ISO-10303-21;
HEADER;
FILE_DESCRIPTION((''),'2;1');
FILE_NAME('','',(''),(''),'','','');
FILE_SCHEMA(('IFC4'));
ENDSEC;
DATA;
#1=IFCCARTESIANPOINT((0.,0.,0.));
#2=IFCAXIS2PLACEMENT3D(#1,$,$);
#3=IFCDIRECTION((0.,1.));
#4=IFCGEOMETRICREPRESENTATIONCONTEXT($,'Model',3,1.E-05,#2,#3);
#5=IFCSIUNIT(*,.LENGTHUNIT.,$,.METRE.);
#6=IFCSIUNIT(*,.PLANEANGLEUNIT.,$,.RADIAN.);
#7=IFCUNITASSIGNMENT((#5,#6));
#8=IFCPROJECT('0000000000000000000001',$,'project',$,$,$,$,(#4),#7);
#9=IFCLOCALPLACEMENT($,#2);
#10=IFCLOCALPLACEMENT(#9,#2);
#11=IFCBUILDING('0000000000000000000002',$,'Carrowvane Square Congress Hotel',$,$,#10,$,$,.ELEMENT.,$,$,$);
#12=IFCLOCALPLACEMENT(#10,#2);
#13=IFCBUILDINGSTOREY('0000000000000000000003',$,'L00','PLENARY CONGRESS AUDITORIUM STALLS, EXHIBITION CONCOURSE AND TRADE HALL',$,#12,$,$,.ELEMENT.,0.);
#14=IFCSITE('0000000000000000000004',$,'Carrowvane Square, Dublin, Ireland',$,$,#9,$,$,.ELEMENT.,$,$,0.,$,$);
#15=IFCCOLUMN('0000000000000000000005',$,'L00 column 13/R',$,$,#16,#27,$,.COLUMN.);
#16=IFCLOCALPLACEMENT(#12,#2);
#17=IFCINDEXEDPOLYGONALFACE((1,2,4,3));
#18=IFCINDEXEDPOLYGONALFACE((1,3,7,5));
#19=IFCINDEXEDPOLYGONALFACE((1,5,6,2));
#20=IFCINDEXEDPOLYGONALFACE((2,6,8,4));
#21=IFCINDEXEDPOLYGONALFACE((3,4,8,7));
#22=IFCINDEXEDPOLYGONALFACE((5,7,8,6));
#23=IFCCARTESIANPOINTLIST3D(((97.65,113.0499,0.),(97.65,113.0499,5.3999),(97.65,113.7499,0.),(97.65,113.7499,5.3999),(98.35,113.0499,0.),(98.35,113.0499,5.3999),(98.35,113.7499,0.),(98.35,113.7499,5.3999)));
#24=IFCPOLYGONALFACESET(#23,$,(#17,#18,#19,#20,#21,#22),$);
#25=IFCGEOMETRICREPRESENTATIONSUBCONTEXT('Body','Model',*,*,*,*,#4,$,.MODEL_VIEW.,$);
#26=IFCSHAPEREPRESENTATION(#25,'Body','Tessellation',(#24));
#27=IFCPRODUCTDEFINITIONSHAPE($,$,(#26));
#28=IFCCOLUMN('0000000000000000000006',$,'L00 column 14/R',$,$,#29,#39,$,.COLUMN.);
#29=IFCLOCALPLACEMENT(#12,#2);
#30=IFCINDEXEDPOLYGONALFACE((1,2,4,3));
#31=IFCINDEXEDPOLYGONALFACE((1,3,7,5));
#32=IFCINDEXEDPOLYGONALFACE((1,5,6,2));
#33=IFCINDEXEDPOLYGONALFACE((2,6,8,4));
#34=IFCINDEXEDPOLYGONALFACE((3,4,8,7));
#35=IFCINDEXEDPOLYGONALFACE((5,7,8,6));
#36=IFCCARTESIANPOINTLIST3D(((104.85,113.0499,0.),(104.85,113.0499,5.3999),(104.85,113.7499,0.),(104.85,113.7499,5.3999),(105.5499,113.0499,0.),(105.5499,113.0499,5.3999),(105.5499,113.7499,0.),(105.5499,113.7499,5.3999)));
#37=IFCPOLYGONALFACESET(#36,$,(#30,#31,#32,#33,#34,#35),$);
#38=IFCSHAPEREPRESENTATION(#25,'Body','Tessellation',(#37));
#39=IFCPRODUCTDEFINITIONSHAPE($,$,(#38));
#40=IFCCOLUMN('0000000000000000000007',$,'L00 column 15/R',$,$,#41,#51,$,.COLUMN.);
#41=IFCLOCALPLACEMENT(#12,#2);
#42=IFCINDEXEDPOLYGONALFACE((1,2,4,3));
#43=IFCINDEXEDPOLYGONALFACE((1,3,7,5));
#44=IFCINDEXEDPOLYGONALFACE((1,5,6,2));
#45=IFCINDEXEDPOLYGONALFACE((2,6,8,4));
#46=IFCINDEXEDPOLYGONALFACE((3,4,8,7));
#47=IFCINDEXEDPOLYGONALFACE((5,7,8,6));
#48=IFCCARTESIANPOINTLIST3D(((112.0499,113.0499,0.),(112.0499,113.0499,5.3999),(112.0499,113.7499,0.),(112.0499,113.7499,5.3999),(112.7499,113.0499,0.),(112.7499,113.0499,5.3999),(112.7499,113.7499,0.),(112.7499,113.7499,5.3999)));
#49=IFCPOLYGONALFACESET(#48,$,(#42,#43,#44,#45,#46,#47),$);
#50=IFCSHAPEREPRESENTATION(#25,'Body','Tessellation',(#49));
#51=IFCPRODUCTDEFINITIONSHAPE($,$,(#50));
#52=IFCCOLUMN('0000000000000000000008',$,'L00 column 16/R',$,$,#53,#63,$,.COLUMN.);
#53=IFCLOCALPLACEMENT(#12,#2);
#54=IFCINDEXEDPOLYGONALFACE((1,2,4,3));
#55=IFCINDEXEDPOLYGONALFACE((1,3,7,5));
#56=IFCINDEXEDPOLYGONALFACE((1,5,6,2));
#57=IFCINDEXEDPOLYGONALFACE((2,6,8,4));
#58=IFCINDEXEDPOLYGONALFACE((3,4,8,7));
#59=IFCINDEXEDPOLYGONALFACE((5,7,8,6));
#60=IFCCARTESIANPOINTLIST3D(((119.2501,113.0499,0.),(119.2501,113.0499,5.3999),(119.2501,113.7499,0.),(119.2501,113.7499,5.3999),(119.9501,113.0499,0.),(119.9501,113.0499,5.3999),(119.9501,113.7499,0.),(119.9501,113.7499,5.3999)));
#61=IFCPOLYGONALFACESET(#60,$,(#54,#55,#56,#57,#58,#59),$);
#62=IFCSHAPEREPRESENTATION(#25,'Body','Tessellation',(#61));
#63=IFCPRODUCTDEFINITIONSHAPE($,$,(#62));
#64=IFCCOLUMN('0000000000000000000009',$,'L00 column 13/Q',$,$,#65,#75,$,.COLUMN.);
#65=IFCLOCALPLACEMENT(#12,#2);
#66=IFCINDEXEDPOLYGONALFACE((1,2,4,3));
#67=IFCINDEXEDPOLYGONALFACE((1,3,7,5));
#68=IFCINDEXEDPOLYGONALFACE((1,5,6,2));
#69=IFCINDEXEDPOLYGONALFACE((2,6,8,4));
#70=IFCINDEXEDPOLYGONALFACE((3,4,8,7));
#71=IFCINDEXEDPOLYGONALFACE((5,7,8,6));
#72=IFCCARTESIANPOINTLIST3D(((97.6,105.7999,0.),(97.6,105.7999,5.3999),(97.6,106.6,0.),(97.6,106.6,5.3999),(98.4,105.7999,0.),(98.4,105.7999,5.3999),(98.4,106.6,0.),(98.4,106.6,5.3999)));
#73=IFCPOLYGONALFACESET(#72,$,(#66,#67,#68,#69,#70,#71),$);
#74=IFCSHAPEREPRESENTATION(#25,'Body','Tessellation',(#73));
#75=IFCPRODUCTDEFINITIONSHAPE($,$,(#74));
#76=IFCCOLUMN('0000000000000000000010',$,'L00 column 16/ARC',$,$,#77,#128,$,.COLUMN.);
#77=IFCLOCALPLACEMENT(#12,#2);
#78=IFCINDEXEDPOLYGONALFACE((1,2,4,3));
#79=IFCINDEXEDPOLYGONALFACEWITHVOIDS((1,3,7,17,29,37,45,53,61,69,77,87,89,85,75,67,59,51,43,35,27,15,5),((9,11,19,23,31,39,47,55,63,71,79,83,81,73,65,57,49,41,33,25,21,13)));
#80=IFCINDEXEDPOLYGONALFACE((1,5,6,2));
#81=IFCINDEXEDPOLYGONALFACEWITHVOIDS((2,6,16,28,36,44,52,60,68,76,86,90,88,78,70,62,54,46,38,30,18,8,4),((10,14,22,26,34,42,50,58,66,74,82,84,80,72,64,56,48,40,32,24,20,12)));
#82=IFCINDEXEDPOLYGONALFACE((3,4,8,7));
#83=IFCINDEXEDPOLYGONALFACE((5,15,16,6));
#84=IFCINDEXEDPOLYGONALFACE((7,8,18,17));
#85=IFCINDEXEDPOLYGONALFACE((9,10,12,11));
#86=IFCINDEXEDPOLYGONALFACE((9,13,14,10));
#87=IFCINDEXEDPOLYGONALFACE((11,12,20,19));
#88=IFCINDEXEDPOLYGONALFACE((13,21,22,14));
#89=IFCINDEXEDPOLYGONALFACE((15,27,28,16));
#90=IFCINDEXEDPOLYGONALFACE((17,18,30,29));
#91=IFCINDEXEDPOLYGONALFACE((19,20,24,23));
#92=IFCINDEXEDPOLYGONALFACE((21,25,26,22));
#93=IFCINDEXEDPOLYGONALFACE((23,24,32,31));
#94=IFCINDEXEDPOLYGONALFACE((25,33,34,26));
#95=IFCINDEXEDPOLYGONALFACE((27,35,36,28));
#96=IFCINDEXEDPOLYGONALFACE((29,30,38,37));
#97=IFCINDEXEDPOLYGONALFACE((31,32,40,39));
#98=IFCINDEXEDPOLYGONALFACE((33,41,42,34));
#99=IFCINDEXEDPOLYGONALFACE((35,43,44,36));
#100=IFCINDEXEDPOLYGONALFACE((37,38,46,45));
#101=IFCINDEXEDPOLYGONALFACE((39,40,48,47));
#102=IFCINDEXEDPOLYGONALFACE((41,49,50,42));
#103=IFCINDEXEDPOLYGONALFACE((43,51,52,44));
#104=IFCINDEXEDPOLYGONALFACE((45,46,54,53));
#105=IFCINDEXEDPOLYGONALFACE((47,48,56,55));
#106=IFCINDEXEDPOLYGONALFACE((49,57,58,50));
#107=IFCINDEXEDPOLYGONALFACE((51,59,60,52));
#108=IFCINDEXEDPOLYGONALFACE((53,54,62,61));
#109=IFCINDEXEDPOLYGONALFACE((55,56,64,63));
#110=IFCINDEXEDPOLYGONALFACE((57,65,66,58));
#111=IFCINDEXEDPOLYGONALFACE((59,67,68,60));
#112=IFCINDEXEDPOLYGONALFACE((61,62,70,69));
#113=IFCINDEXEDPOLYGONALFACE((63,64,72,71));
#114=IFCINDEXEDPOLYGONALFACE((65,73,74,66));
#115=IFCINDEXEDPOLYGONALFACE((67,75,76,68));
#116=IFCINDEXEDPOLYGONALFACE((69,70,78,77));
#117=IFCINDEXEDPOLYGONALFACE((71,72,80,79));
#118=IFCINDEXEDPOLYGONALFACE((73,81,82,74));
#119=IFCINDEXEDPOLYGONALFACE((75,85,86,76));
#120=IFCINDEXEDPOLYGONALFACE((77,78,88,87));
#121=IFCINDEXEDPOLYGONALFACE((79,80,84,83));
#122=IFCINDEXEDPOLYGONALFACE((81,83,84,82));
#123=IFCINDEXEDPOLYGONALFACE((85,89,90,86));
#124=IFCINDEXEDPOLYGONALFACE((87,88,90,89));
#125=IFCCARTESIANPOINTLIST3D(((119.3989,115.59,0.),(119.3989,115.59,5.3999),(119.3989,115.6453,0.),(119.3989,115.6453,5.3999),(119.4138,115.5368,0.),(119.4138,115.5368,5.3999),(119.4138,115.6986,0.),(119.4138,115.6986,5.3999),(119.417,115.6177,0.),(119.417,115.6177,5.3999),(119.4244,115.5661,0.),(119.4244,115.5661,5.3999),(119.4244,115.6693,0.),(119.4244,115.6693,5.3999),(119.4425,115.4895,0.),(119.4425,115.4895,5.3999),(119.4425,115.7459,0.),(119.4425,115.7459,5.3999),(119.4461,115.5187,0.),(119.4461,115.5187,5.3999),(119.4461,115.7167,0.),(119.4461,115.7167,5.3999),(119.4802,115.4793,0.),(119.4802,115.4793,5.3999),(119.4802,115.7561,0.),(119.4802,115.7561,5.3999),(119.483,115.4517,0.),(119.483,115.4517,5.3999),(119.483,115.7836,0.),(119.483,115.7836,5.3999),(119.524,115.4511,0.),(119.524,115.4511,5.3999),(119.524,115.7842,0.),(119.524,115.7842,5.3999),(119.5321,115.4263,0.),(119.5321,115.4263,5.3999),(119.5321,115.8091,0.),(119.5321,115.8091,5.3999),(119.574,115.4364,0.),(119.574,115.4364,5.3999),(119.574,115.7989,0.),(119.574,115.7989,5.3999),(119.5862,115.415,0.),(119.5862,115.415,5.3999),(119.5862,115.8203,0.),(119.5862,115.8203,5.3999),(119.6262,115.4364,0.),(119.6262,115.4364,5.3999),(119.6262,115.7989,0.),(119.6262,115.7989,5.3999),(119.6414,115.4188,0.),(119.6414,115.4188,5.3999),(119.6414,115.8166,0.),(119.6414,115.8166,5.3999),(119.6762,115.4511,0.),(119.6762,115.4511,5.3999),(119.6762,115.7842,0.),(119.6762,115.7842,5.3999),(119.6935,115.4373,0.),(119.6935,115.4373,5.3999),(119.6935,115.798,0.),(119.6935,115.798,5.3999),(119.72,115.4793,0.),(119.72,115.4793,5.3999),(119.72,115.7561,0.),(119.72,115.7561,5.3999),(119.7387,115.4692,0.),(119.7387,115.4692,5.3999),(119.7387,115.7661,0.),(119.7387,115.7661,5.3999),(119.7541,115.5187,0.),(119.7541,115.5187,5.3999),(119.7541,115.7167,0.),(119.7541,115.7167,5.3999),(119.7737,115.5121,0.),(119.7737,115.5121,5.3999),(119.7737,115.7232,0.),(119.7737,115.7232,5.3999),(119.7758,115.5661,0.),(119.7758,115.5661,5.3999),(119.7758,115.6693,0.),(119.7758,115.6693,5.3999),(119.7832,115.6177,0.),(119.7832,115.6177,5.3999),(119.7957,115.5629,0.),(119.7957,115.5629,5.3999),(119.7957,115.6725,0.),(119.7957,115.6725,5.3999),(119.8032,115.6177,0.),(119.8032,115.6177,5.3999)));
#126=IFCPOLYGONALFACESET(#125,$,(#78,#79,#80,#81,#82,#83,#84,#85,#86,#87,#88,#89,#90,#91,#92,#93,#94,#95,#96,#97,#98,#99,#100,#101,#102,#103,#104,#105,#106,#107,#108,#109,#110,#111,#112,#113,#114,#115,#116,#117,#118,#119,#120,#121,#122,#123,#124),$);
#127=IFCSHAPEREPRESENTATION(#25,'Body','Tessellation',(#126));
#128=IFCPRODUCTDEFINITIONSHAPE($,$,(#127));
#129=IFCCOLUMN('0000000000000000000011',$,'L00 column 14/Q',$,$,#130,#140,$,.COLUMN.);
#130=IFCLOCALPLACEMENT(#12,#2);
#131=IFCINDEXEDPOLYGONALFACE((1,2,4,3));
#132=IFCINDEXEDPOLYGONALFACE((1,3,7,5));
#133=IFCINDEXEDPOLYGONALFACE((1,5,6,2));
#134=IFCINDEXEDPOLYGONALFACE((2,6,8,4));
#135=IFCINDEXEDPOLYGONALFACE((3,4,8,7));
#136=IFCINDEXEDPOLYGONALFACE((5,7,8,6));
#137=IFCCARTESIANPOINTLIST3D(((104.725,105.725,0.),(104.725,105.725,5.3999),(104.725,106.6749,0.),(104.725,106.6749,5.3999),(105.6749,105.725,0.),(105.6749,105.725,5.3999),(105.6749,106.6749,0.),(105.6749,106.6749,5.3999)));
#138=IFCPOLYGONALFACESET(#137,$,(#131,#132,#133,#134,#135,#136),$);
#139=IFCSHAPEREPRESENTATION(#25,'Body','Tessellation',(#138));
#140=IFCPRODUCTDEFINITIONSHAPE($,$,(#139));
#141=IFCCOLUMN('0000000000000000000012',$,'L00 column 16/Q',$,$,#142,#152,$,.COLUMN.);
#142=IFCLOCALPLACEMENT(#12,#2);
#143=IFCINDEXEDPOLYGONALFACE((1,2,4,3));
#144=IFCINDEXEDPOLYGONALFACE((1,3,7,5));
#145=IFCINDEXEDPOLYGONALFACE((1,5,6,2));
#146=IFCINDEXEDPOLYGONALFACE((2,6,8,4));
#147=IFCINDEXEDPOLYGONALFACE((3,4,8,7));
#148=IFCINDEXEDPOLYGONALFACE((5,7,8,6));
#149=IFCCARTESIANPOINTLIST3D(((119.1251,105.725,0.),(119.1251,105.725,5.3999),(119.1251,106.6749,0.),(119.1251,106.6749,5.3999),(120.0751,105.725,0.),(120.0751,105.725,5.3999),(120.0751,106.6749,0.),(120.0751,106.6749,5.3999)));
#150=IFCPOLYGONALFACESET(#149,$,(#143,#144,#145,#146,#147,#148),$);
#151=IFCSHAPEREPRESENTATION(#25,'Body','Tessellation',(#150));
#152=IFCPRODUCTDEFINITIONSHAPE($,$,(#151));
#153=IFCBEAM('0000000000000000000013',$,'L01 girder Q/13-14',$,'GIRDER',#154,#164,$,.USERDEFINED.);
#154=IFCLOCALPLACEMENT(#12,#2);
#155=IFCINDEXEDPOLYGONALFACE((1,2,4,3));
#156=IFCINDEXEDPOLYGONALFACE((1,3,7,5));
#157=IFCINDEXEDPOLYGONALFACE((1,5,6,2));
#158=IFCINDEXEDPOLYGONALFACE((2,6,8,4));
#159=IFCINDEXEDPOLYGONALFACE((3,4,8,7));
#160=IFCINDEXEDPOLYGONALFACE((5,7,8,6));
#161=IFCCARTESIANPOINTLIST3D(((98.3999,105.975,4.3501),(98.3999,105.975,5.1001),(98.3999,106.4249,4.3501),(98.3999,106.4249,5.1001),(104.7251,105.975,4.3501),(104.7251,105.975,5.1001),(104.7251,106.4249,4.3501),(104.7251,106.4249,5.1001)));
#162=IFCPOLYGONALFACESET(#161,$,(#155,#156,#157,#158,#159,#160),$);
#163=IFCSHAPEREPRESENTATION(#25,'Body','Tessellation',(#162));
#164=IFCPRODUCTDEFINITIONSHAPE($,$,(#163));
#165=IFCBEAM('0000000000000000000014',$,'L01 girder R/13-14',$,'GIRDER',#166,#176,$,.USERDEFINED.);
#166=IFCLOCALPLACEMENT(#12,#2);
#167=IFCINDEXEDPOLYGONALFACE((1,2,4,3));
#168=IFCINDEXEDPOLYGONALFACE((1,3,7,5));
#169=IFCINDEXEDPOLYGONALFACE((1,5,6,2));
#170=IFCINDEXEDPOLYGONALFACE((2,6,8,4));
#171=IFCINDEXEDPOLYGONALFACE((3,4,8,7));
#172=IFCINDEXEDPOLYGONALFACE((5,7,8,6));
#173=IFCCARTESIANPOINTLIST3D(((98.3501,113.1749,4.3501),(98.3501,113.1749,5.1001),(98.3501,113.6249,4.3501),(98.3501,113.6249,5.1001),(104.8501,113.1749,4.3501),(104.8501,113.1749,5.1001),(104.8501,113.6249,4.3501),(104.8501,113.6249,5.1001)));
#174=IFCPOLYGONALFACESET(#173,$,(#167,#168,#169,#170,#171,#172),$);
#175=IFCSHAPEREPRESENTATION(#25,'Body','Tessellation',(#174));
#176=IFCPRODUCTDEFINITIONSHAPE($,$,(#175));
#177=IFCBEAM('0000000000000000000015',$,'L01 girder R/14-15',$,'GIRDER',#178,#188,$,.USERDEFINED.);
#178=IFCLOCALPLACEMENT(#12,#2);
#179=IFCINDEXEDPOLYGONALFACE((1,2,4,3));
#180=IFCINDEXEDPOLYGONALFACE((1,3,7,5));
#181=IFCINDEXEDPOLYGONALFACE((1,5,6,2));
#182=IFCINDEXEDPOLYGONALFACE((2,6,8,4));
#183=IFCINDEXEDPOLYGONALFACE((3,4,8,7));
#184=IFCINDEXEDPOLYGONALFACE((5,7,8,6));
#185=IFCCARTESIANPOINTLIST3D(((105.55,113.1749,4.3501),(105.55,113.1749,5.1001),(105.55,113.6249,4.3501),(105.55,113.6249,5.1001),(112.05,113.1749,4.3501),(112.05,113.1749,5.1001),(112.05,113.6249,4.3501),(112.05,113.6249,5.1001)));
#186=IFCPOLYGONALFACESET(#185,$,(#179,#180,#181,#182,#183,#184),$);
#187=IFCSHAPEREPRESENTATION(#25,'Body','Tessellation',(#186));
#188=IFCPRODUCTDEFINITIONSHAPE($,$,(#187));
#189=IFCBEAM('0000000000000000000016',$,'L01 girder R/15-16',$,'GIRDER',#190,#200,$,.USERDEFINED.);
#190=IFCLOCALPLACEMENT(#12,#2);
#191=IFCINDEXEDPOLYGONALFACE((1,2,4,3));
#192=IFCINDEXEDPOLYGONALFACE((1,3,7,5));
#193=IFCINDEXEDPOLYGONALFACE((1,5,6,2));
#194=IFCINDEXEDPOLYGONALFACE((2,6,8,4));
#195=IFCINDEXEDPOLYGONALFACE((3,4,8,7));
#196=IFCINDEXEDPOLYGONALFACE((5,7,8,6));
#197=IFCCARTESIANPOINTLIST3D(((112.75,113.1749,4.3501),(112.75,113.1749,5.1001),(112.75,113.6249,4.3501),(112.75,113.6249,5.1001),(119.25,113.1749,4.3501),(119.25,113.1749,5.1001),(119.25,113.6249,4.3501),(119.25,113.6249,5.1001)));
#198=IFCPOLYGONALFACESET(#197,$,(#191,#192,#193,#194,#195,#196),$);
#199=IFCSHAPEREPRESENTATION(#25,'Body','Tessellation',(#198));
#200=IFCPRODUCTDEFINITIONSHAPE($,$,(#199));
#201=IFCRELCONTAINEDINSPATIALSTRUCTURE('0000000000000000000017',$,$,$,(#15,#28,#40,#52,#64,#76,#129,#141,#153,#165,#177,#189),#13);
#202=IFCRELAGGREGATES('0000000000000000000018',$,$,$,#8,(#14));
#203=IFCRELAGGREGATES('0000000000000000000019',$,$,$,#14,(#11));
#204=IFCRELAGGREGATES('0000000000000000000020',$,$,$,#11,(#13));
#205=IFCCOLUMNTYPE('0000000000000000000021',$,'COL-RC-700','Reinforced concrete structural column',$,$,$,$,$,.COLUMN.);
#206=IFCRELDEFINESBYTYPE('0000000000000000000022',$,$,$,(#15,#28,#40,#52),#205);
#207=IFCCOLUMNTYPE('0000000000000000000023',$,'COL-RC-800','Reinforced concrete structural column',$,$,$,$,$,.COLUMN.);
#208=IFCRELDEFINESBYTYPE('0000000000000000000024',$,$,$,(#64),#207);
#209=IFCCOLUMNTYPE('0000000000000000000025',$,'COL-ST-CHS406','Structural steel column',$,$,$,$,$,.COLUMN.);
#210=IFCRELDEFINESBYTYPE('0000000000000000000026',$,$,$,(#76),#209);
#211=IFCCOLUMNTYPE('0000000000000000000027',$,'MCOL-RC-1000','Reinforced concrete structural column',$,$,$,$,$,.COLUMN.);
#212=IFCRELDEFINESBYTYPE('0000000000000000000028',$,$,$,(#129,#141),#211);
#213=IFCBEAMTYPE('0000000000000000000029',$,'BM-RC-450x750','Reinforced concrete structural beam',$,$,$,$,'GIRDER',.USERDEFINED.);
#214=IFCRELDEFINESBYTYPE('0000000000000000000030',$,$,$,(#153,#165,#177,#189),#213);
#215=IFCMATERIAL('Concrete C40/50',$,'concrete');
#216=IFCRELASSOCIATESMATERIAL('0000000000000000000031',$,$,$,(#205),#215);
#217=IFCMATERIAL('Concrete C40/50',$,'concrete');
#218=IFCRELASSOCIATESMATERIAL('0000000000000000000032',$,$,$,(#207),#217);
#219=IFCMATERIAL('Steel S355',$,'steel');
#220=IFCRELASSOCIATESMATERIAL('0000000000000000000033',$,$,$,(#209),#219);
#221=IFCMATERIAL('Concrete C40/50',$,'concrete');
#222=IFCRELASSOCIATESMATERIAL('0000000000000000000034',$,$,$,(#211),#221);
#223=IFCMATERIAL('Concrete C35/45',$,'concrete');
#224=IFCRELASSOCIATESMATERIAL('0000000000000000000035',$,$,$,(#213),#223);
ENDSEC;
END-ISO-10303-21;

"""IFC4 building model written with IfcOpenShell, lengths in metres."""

from ifc_helpers import new_model, si_unit, direction, frame, origin, origin_2d, place, context, subcontext, project, spatial, rectangle, hollow_circle, extrude, material, material_profile, profile_set, type_object, element, save


model = new_model("IFC4")

# Units and contexts
model_context = context("Model", 3, precision=1e-05, world=origin(), true_north=direction((0.0, 1.0)))
body_context = subcontext(model_context, "Body", "Model", "MODEL_VIEW")
ifc_project = project(units=[si_unit("LENGTHUNIT", "METRE"), si_unit("PLANEANGLEUNIT", "RADIAN")], contexts=[model_context])

# Site, building, storey
site_placement = place(None, origin())
site = spatial("IfcSite", under=ifc_project, at=site_placement, Name="Carrowvane Square, Dublin, Ireland", CompositionType="ELEMENT", RefElevation=0.0)
building_placement = place(site_placement, origin())
building = spatial("IfcBuilding", under=site, at=building_placement, Name="Carrowvane Square Congress Hotel", CompositionType="ELEMENT")
storey_placement = place(building_placement, origin())
storey = spatial("IfcBuildingStorey", under=building, at=storey_placement, Name="L00", Description="PLENARY CONGRESS AUDITORIUM STALLS, EXHIBITION CONCOURSE AND TRADE HALL", CompositionType="ELEMENT", Elevation=0.0)

# Columns
ifc_material_1 = material(Name="Concrete C40/50", Category="concrete")
ifc_material_profile_1 = material_profile(ifc_material_1, rectangle(XDim=0.7, YDim=0.7, at=origin_2d()), Name="RC 700x700")
ifc_profile_set_1 = profile_set([ifc_material_profile_1], Name="Concrete C40/50")
column_type_1 = type_object("IfcColumnType", Name="COL-RC-700", Description="Reinforced concrete structural column", PredefinedType="COLUMN", material=ifc_profile_set_1)
for number, where, z_axis, x_axis, name in (
    (1, (98.0, 113.3999, 0.0), (0.0, 0.0, 1.0), (1.0, 0.0, 0.0), "L00 column 13/R"),
    (2, (105.2, 113.3999, 0.0), (0.0, 0.0, 1.0), (1.0, 0.0, 0.0), "L00 column 14/R"),
    (3, (112.3999, 113.3999, 0.0), (0.0, 0.0, 1.0), (1.0, 0.0, 0.0), "L00 column 15/R"),
    (4, (119.6001, 113.3999, 0.0), (0.0, 0.0, 1.0), (1.0, 0.0, 0.0), "L00 column 16/R"),
):
    element("IfcColumn", number, at=place(storey_placement, frame(where, z_axis=z_axis, x_axis=x_axis)), inside=storey, type_object=column_type_1, Name=name, PredefinedType="COLUMN", context=body_context, shape_type="SweptSolid", body=[
        extrude(rectangle(XDim=0.7, YDim=0.7, at=origin_2d()), origin(), (0.0, 0.0, 1.0), 5.3999),
    ])
ifc_material_2 = material(Name="Concrete C40/50", Category="concrete")
ifc_material_profile_2 = material_profile(ifc_material_2, rectangle(XDim=0.8, YDim=0.8, at=origin_2d()), Name="RC 800x800")
ifc_profile_set_2 = profile_set([ifc_material_profile_2], Name="Concrete C40/50")
column_type_2 = type_object("IfcColumnType", Name="COL-RC-800", Description="Reinforced concrete structural column", PredefinedType="COLUMN", material=ifc_profile_set_2)
column_1_placement = place(storey_placement, frame((98.0, 106.2, 0.0), z_axis=(0.0, 0.0, 1.0), x_axis=(1.0, 0.0, 0.0)))
element("IfcColumn", 5, at=column_1_placement, inside=storey, type_object=column_type_2, Name="L00 column 13/Q", PredefinedType="COLUMN", context=body_context, shape_type="SweptSolid", body=[
    extrude(rectangle(XDim=0.8, YDim=0.8, at=origin_2d()), origin(), (0.0, 0.0, 1.0), 5.3999),
])
ifc_material_3 = material(Name="Steel S355", Category="steel")
ifc_material_profile_3 = material_profile(ifc_material_3, hollow_circle(Radius=0.2031, WallThickness=0.02, at=origin_2d()), Name="CHS 406.4x20")
ifc_profile_set_3 = profile_set([ifc_material_profile_3], Name="Steel S355")
column_type_3 = type_object("IfcColumnType", Name="COL-ST-CHS406", Description="Structural steel column", PredefinedType="COLUMN", material=ifc_profile_set_3)
column_2_placement = place(storey_placement, frame((119.6001, 115.6177, 0.0), z_axis=(0.0, 0.0, 1.0), x_axis=(1.0, 0.0, 0.0)))
element("IfcColumn", 6, at=column_2_placement, inside=storey, type_object=column_type_3, Name="L00 column 16/ARC", PredefinedType="COLUMN", context=body_context, shape_type="SweptSolid", body=[
    extrude(hollow_circle(Radius=0.2031, WallThickness=0.02, at=origin_2d()), origin(), (0.0, 0.0, 1.0), 5.3999),
])
ifc_material_4 = material(Name="Concrete C40/50", Category="concrete")
ifc_material_profile_4 = material_profile(ifc_material_4, rectangle(XDim=0.95, YDim=0.95, at=origin_2d()), Name="RC 950x950")
ifc_profile_set_4 = profile_set([ifc_material_profile_4], Name="Concrete C40/50")
column_type_4 = type_object("IfcColumnType", Name="MCOL-RC-1000", Description="Reinforced concrete structural column", PredefinedType="COLUMN", material=ifc_profile_set_4)
for number, where, z_axis, x_axis, name in (
    (7, (105.2, 106.2, 0.0), (0.0, 0.0, 1.0), (1.0, 0.0, 0.0), "L00 column 14/Q"),
    (8, (119.6001, 106.2, 0.0), (0.0, 0.0, 1.0), (1.0, 0.0, 0.0), "L00 column 16/Q"),
):
    element("IfcColumn", number, at=place(storey_placement, frame(where, z_axis=z_axis, x_axis=x_axis)), inside=storey, type_object=column_type_4, Name=name, PredefinedType="COLUMN", context=body_context, shape_type="SweptSolid", body=[
        extrude(rectangle(XDim=0.95, YDim=0.95, at=origin_2d()), origin(), (0.0, 0.0, 1.0), 5.3999),
    ])

# Beams
ifc_material_5 = material(Name="Concrete C35/45", Category="concrete")
ifc_material_profile_5 = material_profile(ifc_material_5, rectangle(XDim=0.45, YDim=0.75, at=origin_2d()), Name="RC 450x750")
ifc_profile_set_5 = profile_set([ifc_material_profile_5], Name="Concrete C35/45")
beam_type_1 = type_object("IfcBeamType", Name="BM-RC-450x750", Description="Reinforced concrete structural beam", ElementType="GIRDER", PredefinedType="USERDEFINED", material=ifc_profile_set_5)
beam_1_placement = place(storey_placement, frame((98.3999, 106.2, 4.7251), z_axis=(1.0, 0.0, 0.0), x_axis=(0.0, 1.0, 0.0)))
element("IfcBeam", 9, at=beam_1_placement, inside=storey, type_object=beam_type_1, Name="L01 girder Q/13-14", ObjectType="GIRDER", PredefinedType="USERDEFINED", context=body_context, shape_type="SweptSolid", body=[
    extrude(rectangle(XDim=0.45, YDim=0.75, at=origin_2d()), origin(), (0.0, 0.0, 1.0), 6.3252),
])
for number, where, z_axis, x_axis, name in (
    (10, (98.3501, 113.3999, 4.7251), (1.0, 0.0, 0.0), (0.0, 1.0, 0.0), "L01 girder R/13-14"),
    (11, (105.55, 113.3999, 4.7251), (1.0, 0.0, 0.0), (0.0, 1.0, 0.0), "L01 girder R/14-15"),
    (12, (112.75, 113.3999, 4.7251), (1.0, 0.0, 0.0), (0.0, 1.0, 0.0), "L01 girder R/15-16"),
):
    element("IfcBeam", number, at=place(storey_placement, frame(where, z_axis=z_axis, x_axis=x_axis)), inside=storey, type_object=beam_type_1, Name=name, ObjectType="GIRDER", PredefinedType="USERDEFINED", context=body_context, shape_type="SweptSolid", body=[
        extrude(rectangle(XDim=0.45, YDim=0.75, at=origin_2d()), origin(), (0.0, 0.0, 1.0), 6.5),
    ])

save(model, "model.ifc")
